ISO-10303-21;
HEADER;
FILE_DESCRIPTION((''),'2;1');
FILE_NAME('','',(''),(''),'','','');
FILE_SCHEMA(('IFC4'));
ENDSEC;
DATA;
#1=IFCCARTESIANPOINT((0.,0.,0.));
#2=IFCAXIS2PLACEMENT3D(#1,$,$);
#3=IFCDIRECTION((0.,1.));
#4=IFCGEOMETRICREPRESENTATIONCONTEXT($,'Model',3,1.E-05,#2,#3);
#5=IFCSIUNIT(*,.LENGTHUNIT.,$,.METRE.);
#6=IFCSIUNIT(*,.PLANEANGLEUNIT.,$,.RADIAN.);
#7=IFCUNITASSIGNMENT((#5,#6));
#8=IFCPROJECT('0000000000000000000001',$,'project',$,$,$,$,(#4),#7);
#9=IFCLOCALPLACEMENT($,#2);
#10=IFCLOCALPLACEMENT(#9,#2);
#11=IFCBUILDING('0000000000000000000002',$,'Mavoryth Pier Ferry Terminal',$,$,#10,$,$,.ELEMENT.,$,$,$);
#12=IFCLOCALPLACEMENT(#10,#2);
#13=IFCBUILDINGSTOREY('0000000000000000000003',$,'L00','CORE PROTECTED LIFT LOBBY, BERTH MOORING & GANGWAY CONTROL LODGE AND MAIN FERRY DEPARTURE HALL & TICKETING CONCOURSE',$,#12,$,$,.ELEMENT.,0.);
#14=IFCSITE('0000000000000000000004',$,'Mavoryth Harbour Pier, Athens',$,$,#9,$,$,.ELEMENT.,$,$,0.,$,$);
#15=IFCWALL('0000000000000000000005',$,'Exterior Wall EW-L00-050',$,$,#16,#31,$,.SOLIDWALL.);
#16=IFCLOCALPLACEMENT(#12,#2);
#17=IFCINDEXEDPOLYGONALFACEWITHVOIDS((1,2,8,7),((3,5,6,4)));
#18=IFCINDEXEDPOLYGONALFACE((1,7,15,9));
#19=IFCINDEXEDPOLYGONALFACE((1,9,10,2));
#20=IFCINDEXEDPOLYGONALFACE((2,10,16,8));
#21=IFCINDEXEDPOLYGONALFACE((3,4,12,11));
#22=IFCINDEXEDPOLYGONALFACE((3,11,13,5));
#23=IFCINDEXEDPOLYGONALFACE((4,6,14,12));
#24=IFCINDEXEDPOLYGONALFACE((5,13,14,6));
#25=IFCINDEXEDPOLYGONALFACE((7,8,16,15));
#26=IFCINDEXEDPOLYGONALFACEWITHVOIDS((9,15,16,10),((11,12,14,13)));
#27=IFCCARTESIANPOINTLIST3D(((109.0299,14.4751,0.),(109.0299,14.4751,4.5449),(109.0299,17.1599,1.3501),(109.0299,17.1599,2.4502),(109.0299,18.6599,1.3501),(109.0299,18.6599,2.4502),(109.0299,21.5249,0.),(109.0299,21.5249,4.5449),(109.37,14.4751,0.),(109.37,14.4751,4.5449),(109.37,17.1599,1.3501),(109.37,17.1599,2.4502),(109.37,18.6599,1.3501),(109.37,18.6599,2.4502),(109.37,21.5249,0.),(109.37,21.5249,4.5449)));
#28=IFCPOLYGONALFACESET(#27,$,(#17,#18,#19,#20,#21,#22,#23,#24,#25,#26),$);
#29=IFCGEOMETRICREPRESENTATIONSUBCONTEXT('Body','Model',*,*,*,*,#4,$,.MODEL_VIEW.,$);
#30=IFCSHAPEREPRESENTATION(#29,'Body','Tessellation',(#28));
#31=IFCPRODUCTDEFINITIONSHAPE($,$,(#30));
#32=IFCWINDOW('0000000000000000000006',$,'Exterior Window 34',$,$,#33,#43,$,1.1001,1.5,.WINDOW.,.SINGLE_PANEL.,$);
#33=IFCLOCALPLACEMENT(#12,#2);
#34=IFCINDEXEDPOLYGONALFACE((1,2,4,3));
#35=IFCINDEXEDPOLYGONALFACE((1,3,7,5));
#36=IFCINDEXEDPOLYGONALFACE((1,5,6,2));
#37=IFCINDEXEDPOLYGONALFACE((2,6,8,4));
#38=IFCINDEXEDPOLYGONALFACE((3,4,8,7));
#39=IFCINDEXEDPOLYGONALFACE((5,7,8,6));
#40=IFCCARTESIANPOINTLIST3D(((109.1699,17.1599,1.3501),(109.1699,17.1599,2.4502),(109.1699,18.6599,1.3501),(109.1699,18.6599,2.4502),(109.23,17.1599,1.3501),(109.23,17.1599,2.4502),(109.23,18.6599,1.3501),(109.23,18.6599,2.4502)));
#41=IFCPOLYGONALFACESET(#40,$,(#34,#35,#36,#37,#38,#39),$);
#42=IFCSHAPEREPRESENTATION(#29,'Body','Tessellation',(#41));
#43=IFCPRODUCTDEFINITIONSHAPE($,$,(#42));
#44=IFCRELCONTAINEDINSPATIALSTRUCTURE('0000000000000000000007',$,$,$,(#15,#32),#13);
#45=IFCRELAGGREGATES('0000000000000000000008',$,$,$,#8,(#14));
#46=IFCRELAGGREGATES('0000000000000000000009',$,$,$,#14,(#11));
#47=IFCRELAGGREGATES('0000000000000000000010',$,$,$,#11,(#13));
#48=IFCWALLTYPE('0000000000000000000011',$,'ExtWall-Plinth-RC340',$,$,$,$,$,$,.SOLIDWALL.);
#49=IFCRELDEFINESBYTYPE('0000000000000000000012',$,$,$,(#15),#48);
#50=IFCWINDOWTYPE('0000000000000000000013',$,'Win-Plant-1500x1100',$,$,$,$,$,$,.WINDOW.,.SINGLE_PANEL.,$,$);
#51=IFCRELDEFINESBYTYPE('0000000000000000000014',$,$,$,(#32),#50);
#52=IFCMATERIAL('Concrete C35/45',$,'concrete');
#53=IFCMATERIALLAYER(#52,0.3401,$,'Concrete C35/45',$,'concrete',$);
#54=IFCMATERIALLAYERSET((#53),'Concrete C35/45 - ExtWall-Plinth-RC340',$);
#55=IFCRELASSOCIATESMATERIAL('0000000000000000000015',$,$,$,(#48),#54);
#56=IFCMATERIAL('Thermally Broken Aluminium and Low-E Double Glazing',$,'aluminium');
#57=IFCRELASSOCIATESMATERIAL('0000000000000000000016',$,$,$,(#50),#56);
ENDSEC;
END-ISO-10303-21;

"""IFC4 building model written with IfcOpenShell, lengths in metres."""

from ifc_helpers import new_model, si_unit, direction, frame, frame_2d, origin, place, context, subcontext, project, spatial, rectangle, extrude, material, layer, layer_set, type_object, element, fill, save


model = new_model("IFC4")

# Units and contexts
model_context = context("Model", 3, precision=1e-05, world=origin(), true_north=direction((0.0, 1.0)))
body_context = subcontext(model_context, "Body", "Model", "MODEL_VIEW")
ifc_project = project(units=[si_unit("LENGTHUNIT", "METRE"), si_unit("PLANEANGLEUNIT", "RADIAN")], contexts=[model_context])

# Site, building, storey
site_placement = place(None, origin())
site = spatial("IfcSite", under=ifc_project, at=site_placement, Name="Mavoryth Harbour Pier, Athens", CompositionType="ELEMENT", RefElevation=0.0)
building_placement = place(site_placement, origin())
building = spatial("IfcBuilding", under=site, at=building_placement, Name="Mavoryth Pier Ferry Terminal", CompositionType="ELEMENT")
storey_placement = place(building_placement, origin())
storey = spatial("IfcBuildingStorey", under=building, at=storey_placement, Name="L00", Description="CORE PROTECTED LIFT LOBBY, BERTH MOORING & GANGWAY CONTROL LODGE AND MAIN FERRY DEPARTURE HALL & TICKETING CONCOURSE", CompositionType="ELEMENT", Elevation=0.0)

# Shared definitions
ifc_material_1 = material(Name="Concrete C35/45", Category="concrete")

# Shared definitions
ifc_layer = layer(ifc_material_1, 0.3401, Name="Concrete C35/45", Category="concrete")
ifc_layer_set = layer_set([ifc_layer], Name="Concrete C35/45 - ExtWall-Plinth-RC340")
wall_type = type_object("IfcWallType", Name="ExtWall-Plinth-RC340", PredefinedType="SOLIDWALL", material=ifc_layer_set)

# Wall, opening, window
wall_1_placement = place(storey_placement, frame((109.2, 21.5249, 0.0), z_axis=(0.0, 0.0, 1.0), x_axis=(0.0, -1.0, 0.0)))
wall_1 = element("IfcWall", 1, at=wall_1_placement, inside=storey, type_object=wall_type, Name="Exterior Wall EW-L00-050", PredefinedType="SOLIDWALL", context=body_context, shape_type="SweptSolid", body=[
    extrude(rectangle(XDim=7.0498, YDim=0.3401, at=frame_2d((3.5249, 0.0))), origin(), (0.0, 0.0, 1.0), 4.5449),
])
opening_1_placement = place(wall_1_placement, frame((2.865, 0.0, 1.3501)))
opening_1 = element("IfcOpeningElement", 2, at=opening_1_placement, cuts=wall_1, PredefinedType="OPENING", context=body_context, shape_type="SweptSolid", body=[
    extrude(rectangle(XDim=1.5, YDim=1.1001, at=frame_2d((0.75, 0.55))), frame((0.0, 0.1799, 0.0), z_axis=(0.0, -1.0, 0.0), x_axis=(1.0, 0.0, 0.0)), (0.0, 0.0, 1.0), 0.3601),
])
ifc_material_2 = material(Name="Thermally Broken Aluminium and Low-E Double Glazing", Category="aluminium")
window_type = type_object("IfcWindowType", Name="Win-Plant-1500x1100", PartitioningType="SINGLE_PANEL", PredefinedType="WINDOW", material=ifc_material_2)
window_placement = place(opening_1_placement, origin())
window = element("IfcWindow", 3, at=window_placement, inside=storey, type_object=window_type, Name="Exterior Window 34", OverallHeight=1.1001, OverallWidth=1.5, PartitioningType="SINGLE_PANEL", PredefinedType="WINDOW", context=body_context, shape_type="SweptSolid", body=[
    extrude(rectangle(XDim=1.5, YDim=1.1001, at=frame_2d((0.75, 0.55))), frame((0.0, 0.03, 0.0), z_axis=(0.0, -1.0, 0.0), x_axis=(1.0, 0.0, 0.0)), (0.0, 0.0, 1.0), 0.0601),
])
fill(opening_1, window)

save(model, "model.ifc")
